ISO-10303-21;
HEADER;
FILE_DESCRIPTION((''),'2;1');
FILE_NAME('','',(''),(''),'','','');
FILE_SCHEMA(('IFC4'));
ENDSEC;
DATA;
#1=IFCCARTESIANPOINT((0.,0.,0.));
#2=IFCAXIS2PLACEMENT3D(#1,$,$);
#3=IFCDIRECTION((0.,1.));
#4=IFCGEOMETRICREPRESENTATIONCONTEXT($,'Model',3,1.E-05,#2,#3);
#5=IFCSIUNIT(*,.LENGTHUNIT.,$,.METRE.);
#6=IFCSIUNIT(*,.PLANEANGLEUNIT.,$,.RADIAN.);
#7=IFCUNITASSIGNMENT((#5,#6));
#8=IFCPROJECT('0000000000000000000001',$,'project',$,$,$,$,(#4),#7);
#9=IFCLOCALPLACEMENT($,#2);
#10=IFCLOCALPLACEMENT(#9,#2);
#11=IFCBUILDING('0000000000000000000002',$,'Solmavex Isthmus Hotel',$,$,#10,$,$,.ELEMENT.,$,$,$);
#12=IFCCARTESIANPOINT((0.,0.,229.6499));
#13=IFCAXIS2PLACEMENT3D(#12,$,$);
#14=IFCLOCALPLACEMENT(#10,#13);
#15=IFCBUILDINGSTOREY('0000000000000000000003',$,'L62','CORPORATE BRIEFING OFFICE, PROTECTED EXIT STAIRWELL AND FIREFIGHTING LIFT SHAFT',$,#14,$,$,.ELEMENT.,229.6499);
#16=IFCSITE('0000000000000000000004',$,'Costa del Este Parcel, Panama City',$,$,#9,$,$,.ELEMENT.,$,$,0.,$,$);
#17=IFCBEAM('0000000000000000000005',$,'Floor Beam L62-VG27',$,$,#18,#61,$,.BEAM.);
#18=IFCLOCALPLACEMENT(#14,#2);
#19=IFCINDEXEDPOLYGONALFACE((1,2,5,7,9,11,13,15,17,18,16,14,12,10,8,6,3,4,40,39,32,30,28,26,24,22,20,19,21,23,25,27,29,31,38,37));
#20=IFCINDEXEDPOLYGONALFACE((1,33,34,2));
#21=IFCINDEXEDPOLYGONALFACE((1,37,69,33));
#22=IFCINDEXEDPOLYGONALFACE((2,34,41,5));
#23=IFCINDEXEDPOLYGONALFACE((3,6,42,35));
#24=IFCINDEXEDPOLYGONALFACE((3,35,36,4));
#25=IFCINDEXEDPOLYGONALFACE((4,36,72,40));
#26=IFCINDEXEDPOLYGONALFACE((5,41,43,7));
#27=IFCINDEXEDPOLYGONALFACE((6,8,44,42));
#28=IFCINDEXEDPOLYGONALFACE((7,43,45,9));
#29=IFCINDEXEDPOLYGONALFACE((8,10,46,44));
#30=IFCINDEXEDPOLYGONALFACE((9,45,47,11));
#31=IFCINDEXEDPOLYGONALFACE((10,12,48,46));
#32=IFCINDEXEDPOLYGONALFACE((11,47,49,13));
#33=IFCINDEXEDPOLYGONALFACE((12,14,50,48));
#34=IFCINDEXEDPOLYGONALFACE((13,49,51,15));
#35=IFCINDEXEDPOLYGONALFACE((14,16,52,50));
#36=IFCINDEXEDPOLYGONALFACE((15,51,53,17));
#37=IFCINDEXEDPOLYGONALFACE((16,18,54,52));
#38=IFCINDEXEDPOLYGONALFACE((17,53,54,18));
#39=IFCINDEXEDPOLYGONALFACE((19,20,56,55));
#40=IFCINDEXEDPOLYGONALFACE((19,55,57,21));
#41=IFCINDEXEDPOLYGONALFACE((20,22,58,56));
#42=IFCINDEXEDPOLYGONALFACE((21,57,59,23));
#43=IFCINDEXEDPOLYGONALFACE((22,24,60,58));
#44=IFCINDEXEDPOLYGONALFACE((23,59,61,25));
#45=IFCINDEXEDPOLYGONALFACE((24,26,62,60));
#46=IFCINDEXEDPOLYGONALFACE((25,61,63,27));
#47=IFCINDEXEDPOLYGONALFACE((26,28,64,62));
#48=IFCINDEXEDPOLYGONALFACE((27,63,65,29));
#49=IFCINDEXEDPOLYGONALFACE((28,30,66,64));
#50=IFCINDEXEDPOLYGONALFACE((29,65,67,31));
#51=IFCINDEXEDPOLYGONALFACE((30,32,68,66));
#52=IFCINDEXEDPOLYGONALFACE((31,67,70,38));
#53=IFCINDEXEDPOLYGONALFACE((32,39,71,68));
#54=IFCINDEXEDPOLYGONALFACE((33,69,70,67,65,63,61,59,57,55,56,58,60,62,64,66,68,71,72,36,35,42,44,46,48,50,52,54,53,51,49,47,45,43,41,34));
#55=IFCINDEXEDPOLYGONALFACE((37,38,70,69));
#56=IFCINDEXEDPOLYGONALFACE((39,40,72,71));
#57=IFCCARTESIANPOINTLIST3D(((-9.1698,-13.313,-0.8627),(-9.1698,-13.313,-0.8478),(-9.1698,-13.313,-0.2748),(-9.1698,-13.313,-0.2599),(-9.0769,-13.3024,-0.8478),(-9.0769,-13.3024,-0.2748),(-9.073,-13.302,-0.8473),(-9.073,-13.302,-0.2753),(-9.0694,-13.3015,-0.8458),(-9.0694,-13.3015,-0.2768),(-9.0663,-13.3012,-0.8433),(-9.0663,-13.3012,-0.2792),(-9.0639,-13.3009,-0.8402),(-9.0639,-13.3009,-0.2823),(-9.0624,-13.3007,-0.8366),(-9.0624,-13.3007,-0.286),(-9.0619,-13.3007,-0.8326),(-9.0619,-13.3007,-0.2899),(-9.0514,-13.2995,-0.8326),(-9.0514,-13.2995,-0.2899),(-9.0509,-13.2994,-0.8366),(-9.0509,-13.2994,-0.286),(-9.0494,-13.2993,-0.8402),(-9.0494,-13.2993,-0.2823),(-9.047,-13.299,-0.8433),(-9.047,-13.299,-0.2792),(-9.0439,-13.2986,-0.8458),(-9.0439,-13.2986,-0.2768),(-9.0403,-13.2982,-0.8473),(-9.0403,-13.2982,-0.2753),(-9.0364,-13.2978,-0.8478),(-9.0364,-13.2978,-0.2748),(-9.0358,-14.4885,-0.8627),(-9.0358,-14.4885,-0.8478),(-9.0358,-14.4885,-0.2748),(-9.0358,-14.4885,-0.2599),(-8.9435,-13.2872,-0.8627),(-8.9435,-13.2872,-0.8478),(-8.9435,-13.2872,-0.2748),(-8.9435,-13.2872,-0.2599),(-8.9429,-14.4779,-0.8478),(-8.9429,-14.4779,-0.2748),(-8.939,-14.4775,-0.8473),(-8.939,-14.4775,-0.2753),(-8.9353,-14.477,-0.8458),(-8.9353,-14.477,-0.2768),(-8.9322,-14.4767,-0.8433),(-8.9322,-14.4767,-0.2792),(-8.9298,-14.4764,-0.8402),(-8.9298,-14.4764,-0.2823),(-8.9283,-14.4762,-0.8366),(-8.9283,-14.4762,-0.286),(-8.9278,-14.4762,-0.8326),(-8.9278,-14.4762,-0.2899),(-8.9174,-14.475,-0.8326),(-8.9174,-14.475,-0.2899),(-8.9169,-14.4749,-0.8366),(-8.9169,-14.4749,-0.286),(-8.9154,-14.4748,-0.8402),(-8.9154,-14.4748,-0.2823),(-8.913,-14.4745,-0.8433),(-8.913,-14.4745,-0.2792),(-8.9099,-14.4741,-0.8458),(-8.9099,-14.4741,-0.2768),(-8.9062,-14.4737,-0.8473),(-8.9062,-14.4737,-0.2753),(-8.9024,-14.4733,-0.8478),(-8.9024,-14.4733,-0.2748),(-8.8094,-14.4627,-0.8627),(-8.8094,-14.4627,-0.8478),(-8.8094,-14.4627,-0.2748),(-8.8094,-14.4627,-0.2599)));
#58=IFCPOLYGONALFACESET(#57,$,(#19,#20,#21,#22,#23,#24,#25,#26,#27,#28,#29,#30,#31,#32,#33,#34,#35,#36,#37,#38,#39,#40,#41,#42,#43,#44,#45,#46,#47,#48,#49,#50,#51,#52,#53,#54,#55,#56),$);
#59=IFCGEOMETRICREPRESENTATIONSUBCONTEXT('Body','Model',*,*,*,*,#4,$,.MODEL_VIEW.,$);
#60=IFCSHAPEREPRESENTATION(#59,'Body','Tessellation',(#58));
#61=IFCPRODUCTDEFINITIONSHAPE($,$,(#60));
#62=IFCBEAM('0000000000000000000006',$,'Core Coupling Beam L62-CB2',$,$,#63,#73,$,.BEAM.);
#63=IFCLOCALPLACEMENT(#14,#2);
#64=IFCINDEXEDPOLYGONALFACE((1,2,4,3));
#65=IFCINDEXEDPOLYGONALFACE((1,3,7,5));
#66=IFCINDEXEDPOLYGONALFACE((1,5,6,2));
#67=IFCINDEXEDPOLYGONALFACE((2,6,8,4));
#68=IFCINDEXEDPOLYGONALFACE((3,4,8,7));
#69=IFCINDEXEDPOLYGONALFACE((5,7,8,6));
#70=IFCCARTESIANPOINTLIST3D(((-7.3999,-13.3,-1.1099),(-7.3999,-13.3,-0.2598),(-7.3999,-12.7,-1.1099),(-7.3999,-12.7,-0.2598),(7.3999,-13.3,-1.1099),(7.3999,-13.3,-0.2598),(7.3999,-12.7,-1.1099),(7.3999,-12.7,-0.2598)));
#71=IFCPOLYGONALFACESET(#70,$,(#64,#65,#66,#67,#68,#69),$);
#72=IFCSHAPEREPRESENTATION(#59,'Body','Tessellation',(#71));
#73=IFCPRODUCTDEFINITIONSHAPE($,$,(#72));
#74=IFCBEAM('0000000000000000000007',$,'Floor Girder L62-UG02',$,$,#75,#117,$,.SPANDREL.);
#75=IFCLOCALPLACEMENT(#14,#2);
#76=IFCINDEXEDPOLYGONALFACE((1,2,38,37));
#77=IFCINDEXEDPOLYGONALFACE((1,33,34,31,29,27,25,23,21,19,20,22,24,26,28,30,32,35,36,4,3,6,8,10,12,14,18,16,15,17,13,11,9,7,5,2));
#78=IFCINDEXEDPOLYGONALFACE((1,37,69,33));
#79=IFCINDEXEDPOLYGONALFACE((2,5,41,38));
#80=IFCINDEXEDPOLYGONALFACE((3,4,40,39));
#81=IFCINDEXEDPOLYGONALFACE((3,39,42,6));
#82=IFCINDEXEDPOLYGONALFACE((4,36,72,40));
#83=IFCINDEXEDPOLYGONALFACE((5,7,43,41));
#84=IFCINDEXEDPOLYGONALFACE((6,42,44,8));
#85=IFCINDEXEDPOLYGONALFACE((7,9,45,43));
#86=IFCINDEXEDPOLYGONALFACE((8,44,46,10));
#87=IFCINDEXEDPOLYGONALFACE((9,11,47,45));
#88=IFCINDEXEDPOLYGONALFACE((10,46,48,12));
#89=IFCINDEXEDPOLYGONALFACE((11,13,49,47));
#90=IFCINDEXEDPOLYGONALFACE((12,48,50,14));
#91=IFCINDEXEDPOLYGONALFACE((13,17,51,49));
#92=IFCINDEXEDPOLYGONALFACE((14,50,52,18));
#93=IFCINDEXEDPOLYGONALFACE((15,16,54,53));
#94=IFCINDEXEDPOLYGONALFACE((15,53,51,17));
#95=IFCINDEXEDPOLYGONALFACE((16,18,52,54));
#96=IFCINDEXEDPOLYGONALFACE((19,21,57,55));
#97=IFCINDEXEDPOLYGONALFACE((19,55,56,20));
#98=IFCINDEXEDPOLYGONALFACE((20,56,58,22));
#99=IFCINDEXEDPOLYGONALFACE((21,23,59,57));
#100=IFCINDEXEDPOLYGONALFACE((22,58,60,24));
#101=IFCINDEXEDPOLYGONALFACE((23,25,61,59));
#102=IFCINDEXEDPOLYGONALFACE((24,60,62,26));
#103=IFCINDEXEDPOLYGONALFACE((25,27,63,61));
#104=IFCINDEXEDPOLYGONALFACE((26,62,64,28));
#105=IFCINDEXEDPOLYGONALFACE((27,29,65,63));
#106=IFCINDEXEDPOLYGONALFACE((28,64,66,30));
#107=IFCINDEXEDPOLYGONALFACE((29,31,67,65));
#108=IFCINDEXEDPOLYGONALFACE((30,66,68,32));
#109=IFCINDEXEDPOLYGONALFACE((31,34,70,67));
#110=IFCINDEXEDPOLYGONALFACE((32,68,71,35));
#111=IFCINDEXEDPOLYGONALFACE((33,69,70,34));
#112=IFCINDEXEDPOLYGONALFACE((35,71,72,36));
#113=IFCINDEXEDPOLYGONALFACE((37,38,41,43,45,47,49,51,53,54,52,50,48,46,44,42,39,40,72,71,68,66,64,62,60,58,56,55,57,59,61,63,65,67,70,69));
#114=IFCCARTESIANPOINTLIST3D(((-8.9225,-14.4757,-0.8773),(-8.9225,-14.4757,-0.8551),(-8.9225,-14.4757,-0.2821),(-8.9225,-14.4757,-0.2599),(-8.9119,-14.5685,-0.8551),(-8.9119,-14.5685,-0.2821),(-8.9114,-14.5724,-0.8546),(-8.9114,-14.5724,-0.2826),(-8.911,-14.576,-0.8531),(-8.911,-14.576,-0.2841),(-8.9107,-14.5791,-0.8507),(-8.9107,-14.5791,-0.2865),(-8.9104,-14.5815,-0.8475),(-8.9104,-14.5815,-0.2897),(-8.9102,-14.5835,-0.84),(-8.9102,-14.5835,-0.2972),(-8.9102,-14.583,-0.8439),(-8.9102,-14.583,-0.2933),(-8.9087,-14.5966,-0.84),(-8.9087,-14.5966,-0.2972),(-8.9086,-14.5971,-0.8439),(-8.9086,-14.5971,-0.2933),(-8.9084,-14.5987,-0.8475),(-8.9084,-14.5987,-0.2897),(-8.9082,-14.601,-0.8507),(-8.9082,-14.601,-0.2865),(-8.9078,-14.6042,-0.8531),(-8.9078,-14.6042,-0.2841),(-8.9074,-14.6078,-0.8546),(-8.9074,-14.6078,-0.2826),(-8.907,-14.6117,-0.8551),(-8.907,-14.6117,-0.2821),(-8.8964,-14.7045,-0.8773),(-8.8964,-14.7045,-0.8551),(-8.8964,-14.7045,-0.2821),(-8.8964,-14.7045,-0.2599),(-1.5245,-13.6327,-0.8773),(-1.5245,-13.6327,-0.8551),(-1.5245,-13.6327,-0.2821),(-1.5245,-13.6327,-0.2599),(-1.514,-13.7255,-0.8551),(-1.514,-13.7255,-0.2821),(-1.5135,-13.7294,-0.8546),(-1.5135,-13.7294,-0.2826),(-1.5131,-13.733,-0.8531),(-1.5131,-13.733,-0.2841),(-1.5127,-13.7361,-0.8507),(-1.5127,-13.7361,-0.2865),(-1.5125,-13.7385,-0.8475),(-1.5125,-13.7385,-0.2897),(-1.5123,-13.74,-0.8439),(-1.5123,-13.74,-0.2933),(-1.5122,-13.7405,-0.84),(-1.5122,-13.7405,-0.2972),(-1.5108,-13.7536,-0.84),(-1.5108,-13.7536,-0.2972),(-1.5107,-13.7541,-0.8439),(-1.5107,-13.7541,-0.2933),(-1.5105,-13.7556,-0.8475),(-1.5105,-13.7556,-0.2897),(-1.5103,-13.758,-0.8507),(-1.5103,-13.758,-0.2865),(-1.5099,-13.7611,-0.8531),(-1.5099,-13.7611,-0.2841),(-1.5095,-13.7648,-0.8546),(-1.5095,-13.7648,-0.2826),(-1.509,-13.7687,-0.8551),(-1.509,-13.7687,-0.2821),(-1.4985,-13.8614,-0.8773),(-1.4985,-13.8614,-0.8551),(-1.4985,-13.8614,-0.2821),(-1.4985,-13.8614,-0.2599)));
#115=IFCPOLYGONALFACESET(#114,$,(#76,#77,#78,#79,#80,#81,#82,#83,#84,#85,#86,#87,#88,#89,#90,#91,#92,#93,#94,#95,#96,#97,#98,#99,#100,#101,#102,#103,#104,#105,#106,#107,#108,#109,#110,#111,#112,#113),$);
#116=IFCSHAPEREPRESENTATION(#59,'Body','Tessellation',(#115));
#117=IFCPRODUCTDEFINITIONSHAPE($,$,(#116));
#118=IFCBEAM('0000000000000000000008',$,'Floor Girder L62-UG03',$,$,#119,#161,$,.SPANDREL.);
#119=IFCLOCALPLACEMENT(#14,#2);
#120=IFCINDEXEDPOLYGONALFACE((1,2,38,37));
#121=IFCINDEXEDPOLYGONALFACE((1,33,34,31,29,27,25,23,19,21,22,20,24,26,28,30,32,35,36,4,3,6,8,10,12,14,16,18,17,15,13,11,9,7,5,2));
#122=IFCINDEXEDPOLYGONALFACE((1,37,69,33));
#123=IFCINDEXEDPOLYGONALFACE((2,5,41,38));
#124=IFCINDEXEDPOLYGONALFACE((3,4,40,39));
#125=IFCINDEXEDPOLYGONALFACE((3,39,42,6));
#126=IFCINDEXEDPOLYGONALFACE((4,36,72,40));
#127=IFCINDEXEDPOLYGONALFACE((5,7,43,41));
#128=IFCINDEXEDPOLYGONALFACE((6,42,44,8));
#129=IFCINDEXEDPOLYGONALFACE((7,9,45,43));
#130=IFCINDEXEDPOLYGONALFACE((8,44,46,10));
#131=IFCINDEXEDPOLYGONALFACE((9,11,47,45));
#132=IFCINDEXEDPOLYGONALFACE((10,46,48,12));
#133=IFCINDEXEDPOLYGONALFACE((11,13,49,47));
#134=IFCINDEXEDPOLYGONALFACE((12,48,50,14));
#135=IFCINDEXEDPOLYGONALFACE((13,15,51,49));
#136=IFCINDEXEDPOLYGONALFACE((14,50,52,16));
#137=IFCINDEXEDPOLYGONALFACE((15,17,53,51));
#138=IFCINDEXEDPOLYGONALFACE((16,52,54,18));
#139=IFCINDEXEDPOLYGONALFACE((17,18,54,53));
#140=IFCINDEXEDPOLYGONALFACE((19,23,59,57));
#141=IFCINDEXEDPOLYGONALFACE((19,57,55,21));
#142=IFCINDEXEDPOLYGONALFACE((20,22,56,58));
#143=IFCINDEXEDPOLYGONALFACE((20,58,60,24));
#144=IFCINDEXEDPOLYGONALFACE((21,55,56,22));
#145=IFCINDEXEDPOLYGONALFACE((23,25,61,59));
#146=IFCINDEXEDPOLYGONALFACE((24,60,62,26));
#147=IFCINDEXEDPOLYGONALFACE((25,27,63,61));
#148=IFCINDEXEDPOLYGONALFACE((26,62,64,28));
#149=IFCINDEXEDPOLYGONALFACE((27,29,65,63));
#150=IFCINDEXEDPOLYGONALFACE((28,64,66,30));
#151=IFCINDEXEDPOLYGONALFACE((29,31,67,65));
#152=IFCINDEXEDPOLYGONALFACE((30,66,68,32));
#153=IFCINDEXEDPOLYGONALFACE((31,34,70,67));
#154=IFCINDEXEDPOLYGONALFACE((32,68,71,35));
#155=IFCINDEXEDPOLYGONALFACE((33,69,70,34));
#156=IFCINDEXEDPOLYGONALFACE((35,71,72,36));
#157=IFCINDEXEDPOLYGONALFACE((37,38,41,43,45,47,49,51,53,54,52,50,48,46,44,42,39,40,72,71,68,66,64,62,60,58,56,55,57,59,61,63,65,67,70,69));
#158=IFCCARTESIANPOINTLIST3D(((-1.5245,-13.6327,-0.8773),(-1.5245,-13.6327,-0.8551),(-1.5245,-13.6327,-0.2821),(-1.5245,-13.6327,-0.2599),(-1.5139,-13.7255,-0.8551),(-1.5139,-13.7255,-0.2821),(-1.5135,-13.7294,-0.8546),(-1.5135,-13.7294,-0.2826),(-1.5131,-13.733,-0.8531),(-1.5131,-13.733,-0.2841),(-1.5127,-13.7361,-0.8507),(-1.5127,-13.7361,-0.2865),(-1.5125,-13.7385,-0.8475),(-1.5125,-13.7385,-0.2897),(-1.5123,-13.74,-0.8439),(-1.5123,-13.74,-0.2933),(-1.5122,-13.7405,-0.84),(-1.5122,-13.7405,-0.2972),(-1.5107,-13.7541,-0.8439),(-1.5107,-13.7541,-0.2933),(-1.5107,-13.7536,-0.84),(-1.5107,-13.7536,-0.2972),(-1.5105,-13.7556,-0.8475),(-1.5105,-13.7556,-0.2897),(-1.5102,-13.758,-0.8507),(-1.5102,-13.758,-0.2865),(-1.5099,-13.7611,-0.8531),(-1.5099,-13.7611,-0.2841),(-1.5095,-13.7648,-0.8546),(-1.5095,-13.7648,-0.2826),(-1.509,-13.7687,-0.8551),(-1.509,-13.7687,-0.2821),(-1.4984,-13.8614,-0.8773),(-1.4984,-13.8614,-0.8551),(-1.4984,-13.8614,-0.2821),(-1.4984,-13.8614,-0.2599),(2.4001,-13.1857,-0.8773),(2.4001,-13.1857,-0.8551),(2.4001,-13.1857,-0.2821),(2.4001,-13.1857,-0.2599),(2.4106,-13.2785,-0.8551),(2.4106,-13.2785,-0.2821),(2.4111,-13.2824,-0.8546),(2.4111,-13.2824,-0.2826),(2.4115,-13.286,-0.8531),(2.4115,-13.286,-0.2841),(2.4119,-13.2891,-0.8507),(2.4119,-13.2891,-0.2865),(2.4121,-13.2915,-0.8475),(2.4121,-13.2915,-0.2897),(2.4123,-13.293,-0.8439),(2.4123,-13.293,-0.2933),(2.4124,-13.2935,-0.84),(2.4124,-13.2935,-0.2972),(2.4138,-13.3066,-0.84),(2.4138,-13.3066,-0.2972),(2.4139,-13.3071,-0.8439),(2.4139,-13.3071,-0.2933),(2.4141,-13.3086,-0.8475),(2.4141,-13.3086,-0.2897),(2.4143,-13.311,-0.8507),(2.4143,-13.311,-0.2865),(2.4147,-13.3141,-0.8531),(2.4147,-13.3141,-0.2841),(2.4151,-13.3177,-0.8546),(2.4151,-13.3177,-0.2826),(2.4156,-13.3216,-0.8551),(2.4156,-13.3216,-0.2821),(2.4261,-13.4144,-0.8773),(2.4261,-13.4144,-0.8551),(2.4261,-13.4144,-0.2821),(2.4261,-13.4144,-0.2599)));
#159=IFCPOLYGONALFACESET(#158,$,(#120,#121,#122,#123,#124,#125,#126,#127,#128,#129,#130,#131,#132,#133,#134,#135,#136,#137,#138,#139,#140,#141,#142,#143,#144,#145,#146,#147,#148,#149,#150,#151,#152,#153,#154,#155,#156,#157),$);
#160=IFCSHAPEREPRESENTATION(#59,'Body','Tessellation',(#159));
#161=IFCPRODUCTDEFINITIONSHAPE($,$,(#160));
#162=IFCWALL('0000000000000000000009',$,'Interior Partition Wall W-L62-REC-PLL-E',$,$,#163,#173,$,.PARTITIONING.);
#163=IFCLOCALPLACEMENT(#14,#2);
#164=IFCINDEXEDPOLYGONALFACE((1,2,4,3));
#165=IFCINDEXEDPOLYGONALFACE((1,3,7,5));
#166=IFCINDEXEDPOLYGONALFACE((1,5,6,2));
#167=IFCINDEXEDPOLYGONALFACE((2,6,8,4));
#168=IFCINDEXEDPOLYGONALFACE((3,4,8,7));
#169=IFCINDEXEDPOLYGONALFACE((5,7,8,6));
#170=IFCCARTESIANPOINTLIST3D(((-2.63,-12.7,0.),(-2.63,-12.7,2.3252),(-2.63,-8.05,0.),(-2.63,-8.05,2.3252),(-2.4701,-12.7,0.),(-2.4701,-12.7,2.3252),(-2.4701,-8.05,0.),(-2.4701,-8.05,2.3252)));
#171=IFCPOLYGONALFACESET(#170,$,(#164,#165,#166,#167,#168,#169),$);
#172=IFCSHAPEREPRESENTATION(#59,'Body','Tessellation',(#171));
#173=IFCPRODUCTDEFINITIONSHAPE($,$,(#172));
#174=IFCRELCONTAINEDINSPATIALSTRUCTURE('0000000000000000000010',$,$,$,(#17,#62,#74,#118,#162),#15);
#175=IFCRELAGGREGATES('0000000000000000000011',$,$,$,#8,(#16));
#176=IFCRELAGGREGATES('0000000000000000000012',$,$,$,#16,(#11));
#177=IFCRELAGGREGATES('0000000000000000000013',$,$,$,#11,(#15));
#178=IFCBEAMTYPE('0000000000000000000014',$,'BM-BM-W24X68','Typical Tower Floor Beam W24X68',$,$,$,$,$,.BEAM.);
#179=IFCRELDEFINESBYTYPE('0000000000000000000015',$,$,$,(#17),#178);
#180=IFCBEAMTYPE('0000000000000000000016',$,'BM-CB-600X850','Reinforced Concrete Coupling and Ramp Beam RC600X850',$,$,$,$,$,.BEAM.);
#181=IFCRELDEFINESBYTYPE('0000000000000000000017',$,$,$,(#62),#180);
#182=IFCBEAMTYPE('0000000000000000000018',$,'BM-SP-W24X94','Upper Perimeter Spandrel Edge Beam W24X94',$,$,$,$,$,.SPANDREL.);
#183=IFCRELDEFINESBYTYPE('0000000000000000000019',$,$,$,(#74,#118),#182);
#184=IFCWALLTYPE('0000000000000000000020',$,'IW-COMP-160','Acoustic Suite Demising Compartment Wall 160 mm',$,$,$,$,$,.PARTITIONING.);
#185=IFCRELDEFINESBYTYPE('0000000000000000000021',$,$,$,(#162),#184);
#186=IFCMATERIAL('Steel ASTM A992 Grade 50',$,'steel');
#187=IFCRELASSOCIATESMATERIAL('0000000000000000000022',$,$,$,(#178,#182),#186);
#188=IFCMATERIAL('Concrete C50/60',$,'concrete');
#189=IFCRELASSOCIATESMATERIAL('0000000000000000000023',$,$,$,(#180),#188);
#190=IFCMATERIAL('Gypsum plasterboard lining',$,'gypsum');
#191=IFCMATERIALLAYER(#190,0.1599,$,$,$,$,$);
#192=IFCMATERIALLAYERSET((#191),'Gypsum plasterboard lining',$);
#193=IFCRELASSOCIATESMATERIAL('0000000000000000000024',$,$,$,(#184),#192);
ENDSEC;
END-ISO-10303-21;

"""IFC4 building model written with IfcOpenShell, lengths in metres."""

from ifc_helpers import new_model, si_unit, direction, frame, frame_2d, origin, origin_2d, place, context, subcontext, project, spatial, rectangle, i_section, extrude, material, layer, layer_set, material_profile, profile_set, type_object, element, save


model = new_model("IFC4")

# Units and contexts
model_context = context("Model", 3, precision=1e-05, world=origin(), true_north=direction((0.0, 1.0)))
body_context = subcontext(model_context, "Body", "Model", "MODEL_VIEW")
ifc_project = project(units=[si_unit("LENGTHUNIT", "METRE"), si_unit("PLANEANGLEUNIT", "RADIAN")], contexts=[model_context])

# Site, building, storey
site_placement = place(None, origin())
site = spatial("IfcSite", under=ifc_project, at=site_placement, Name="Costa del Este Parcel, Panama City", CompositionType="ELEMENT", RefElevation=0.0)
building_placement = place(site_placement, origin())
building = spatial("IfcBuilding", under=site, at=building_placement, Name="Solmavex Isthmus Hotel", CompositionType="ELEMENT")
storey_placement = place(building_placement, frame((0.0, 0.0, 229.6499)))
storey = spatial("IfcBuildingStorey", under=building, at=storey_placement, Name="L62", Description="CORPORATE BRIEFING OFFICE, PROTECTED EXIT STAIRWELL AND FIREFIGHTING LIFT SHAFT", CompositionType="ELEMENT", Elevation=229.6499)

# Shared definitions
ifc_material_1 = material(Name="Concrete C50/60", Category="concrete")

# Beams
ifc_material_2 = material(Name="Steel ASTM A992 Grade 50", Category="steel")
ifc_material_profile_1 = material_profile(ifc_material_2, i_section(OverallWidth=0.2278, OverallDepth=0.6028, WebThickness=0.0105, FlangeThickness=0.0149, FilletRadius=0.0151, at=origin_2d()), Name="W24X68")
ifc_profile_set_1 = profile_set([ifc_material_profile_1], Name="Steel ASTM A992 Grade 50")
beam_type_1 = type_object("IfcBeamType", Name="BM-BM-W24X68", Description="Typical Tower Floor Beam W24X68", PredefinedType="BEAM", material=ifc_profile_set_1)
beam_1_placement = place(storey_placement, frame((-8.9226, -14.4756, -0.5613), z_axis=(-0.113285, 0.993563, 0.0), x_axis=(-0.993563, -0.113285, 0.0)))
element("IfcBeam", 1, at=beam_1_placement, inside=storey, type_object=beam_type_1, Name="Floor Beam L62-VG27", PredefinedType="BEAM", context=body_context, shape_type="SweptSolid", body=[
    extrude(i_section(OverallWidth=0.2278, OverallDepth=0.6028, WebThickness=0.0105, FlangeThickness=0.0149, FilletRadius=0.0151, at=origin_2d()), origin(), (0.0, 0.0, 1.0), 1.1831),
])
ifc_material_profile_2 = material_profile(ifc_material_1, rectangle(XDim=0.6001, YDim=0.8501, at=origin_2d()), Name="RC600X850")
ifc_profile_set_2 = profile_set([ifc_material_profile_2], Name="Concrete C50/60")
beam_type_2 = type_object("IfcBeamType", Name="BM-CB-600X850", Description="Reinforced Concrete Coupling and Ramp Beam RC600X850", PredefinedType="BEAM", material=ifc_profile_set_2)
beam_2_placement = place(storey_placement, frame((-7.3999, -13.0, -0.6848), z_axis=(1.0, 0.0, 0.0), x_axis=(0.0, 1.0, 0.0)))
element("IfcBeam", 2, at=beam_2_placement, inside=storey, type_object=beam_type_2, Name="Core Coupling Beam L62-CB2", PredefinedType="BEAM", context=body_context, shape_type="SweptSolid", body=[
    extrude(rectangle(XDim=0.6001, YDim=0.8501, at=origin_2d()), origin(), (0.0, 0.0, 1.0), 14.7998),
])
ifc_material_profile_3 = material_profile(ifc_material_2, i_section(OverallWidth=0.2302, OverallDepth=0.6174, WebThickness=0.0132, FlangeThickness=0.0222, FilletRadius=0.0151, at=origin_2d()), Name="W24X94")
ifc_profile_set_3 = profile_set([ifc_material_profile_3], Name="Steel ASTM A992 Grade 50")
beam_type_3 = type_object("IfcBeamType", Name="BM-SP-W24X94", Description="Upper Perimeter Spandrel Edge Beam W24X94", PredefinedType="SPANDREL", material=ifc_profile_set_3)
beam_3_placement = place(storey_placement, frame((-8.9094, -14.5901, -0.5686), z_axis=(0.99357, 0.11322, 0.0), x_axis=(-0.11322, 0.99357, 0.0)))
element("IfcBeam", 3, at=beam_3_placement, inside=storey, type_object=beam_type_3, Name="Floor Girder L62-UG02", PredefinedType="SPANDREL", context=body_context, shape_type="SweptSolid", body=[
    extrude(i_section(OverallWidth=0.2302, OverallDepth=0.6174, WebThickness=0.0132, FlangeThickness=0.0222, FilletRadius=0.0151, at=origin_2d()), origin(), (0.0, 0.0, 1.0), 7.4458),
])
beam_4_placement = place(storey_placement, frame((-1.5115, -13.7471, -0.5686), z_axis=(0.993575, 0.113172, 0.0), x_axis=(-0.113172, 0.993575, 0.0)))
element("IfcBeam", 4, at=beam_4_placement, inside=storey, type_object=beam_type_3, Name="Floor Girder L62-UG03", PredefinedType="SPANDREL", context=body_context, shape_type="SweptSolid", body=[
    extrude(i_section(OverallWidth=0.2302, OverallDepth=0.6174, WebThickness=0.0132, FlangeThickness=0.0222, FilletRadius=0.0151, at=origin_2d()), origin(), (0.0, 0.0, 1.0), 3.95),
])

# Wall
ifc_material_3 = material(Name="Gypsum plasterboard lining", Category="gypsum")
ifc_layer_1 = layer(ifc_material_3, 0.1599)
ifc_layer_set_1 = layer_set([ifc_layer_1], Name="Gypsum plasterboard lining")
wall_type_1 = type_object("IfcWallType", Name="IW-COMP-160", Description="Acoustic Suite Demising Compartment Wall 160 mm", PredefinedType="PARTITIONING", material=ifc_layer_set_1)
wall_1_placement = place(storey_placement, frame((-2.55, -12.7, 0.0), z_axis=(0.0, 0.0, 1.0), x_axis=(0.0, 1.0, 0.0)))
element("IfcWall", 5, at=wall_1_placement, inside=storey, type_object=wall_type_1, Name="Interior Partition Wall W-L62-REC-PLL-E", PredefinedType="PARTITIONING", context=body_context, shape_type="SweptSolid", body=[
    extrude(rectangle(XDim=4.6499, YDim=0.1599, at=frame_2d((2.325, 0.0))), origin(), (0.0, 0.0, 1.0), 2.3252),
])

save(model, "model.ifc")
